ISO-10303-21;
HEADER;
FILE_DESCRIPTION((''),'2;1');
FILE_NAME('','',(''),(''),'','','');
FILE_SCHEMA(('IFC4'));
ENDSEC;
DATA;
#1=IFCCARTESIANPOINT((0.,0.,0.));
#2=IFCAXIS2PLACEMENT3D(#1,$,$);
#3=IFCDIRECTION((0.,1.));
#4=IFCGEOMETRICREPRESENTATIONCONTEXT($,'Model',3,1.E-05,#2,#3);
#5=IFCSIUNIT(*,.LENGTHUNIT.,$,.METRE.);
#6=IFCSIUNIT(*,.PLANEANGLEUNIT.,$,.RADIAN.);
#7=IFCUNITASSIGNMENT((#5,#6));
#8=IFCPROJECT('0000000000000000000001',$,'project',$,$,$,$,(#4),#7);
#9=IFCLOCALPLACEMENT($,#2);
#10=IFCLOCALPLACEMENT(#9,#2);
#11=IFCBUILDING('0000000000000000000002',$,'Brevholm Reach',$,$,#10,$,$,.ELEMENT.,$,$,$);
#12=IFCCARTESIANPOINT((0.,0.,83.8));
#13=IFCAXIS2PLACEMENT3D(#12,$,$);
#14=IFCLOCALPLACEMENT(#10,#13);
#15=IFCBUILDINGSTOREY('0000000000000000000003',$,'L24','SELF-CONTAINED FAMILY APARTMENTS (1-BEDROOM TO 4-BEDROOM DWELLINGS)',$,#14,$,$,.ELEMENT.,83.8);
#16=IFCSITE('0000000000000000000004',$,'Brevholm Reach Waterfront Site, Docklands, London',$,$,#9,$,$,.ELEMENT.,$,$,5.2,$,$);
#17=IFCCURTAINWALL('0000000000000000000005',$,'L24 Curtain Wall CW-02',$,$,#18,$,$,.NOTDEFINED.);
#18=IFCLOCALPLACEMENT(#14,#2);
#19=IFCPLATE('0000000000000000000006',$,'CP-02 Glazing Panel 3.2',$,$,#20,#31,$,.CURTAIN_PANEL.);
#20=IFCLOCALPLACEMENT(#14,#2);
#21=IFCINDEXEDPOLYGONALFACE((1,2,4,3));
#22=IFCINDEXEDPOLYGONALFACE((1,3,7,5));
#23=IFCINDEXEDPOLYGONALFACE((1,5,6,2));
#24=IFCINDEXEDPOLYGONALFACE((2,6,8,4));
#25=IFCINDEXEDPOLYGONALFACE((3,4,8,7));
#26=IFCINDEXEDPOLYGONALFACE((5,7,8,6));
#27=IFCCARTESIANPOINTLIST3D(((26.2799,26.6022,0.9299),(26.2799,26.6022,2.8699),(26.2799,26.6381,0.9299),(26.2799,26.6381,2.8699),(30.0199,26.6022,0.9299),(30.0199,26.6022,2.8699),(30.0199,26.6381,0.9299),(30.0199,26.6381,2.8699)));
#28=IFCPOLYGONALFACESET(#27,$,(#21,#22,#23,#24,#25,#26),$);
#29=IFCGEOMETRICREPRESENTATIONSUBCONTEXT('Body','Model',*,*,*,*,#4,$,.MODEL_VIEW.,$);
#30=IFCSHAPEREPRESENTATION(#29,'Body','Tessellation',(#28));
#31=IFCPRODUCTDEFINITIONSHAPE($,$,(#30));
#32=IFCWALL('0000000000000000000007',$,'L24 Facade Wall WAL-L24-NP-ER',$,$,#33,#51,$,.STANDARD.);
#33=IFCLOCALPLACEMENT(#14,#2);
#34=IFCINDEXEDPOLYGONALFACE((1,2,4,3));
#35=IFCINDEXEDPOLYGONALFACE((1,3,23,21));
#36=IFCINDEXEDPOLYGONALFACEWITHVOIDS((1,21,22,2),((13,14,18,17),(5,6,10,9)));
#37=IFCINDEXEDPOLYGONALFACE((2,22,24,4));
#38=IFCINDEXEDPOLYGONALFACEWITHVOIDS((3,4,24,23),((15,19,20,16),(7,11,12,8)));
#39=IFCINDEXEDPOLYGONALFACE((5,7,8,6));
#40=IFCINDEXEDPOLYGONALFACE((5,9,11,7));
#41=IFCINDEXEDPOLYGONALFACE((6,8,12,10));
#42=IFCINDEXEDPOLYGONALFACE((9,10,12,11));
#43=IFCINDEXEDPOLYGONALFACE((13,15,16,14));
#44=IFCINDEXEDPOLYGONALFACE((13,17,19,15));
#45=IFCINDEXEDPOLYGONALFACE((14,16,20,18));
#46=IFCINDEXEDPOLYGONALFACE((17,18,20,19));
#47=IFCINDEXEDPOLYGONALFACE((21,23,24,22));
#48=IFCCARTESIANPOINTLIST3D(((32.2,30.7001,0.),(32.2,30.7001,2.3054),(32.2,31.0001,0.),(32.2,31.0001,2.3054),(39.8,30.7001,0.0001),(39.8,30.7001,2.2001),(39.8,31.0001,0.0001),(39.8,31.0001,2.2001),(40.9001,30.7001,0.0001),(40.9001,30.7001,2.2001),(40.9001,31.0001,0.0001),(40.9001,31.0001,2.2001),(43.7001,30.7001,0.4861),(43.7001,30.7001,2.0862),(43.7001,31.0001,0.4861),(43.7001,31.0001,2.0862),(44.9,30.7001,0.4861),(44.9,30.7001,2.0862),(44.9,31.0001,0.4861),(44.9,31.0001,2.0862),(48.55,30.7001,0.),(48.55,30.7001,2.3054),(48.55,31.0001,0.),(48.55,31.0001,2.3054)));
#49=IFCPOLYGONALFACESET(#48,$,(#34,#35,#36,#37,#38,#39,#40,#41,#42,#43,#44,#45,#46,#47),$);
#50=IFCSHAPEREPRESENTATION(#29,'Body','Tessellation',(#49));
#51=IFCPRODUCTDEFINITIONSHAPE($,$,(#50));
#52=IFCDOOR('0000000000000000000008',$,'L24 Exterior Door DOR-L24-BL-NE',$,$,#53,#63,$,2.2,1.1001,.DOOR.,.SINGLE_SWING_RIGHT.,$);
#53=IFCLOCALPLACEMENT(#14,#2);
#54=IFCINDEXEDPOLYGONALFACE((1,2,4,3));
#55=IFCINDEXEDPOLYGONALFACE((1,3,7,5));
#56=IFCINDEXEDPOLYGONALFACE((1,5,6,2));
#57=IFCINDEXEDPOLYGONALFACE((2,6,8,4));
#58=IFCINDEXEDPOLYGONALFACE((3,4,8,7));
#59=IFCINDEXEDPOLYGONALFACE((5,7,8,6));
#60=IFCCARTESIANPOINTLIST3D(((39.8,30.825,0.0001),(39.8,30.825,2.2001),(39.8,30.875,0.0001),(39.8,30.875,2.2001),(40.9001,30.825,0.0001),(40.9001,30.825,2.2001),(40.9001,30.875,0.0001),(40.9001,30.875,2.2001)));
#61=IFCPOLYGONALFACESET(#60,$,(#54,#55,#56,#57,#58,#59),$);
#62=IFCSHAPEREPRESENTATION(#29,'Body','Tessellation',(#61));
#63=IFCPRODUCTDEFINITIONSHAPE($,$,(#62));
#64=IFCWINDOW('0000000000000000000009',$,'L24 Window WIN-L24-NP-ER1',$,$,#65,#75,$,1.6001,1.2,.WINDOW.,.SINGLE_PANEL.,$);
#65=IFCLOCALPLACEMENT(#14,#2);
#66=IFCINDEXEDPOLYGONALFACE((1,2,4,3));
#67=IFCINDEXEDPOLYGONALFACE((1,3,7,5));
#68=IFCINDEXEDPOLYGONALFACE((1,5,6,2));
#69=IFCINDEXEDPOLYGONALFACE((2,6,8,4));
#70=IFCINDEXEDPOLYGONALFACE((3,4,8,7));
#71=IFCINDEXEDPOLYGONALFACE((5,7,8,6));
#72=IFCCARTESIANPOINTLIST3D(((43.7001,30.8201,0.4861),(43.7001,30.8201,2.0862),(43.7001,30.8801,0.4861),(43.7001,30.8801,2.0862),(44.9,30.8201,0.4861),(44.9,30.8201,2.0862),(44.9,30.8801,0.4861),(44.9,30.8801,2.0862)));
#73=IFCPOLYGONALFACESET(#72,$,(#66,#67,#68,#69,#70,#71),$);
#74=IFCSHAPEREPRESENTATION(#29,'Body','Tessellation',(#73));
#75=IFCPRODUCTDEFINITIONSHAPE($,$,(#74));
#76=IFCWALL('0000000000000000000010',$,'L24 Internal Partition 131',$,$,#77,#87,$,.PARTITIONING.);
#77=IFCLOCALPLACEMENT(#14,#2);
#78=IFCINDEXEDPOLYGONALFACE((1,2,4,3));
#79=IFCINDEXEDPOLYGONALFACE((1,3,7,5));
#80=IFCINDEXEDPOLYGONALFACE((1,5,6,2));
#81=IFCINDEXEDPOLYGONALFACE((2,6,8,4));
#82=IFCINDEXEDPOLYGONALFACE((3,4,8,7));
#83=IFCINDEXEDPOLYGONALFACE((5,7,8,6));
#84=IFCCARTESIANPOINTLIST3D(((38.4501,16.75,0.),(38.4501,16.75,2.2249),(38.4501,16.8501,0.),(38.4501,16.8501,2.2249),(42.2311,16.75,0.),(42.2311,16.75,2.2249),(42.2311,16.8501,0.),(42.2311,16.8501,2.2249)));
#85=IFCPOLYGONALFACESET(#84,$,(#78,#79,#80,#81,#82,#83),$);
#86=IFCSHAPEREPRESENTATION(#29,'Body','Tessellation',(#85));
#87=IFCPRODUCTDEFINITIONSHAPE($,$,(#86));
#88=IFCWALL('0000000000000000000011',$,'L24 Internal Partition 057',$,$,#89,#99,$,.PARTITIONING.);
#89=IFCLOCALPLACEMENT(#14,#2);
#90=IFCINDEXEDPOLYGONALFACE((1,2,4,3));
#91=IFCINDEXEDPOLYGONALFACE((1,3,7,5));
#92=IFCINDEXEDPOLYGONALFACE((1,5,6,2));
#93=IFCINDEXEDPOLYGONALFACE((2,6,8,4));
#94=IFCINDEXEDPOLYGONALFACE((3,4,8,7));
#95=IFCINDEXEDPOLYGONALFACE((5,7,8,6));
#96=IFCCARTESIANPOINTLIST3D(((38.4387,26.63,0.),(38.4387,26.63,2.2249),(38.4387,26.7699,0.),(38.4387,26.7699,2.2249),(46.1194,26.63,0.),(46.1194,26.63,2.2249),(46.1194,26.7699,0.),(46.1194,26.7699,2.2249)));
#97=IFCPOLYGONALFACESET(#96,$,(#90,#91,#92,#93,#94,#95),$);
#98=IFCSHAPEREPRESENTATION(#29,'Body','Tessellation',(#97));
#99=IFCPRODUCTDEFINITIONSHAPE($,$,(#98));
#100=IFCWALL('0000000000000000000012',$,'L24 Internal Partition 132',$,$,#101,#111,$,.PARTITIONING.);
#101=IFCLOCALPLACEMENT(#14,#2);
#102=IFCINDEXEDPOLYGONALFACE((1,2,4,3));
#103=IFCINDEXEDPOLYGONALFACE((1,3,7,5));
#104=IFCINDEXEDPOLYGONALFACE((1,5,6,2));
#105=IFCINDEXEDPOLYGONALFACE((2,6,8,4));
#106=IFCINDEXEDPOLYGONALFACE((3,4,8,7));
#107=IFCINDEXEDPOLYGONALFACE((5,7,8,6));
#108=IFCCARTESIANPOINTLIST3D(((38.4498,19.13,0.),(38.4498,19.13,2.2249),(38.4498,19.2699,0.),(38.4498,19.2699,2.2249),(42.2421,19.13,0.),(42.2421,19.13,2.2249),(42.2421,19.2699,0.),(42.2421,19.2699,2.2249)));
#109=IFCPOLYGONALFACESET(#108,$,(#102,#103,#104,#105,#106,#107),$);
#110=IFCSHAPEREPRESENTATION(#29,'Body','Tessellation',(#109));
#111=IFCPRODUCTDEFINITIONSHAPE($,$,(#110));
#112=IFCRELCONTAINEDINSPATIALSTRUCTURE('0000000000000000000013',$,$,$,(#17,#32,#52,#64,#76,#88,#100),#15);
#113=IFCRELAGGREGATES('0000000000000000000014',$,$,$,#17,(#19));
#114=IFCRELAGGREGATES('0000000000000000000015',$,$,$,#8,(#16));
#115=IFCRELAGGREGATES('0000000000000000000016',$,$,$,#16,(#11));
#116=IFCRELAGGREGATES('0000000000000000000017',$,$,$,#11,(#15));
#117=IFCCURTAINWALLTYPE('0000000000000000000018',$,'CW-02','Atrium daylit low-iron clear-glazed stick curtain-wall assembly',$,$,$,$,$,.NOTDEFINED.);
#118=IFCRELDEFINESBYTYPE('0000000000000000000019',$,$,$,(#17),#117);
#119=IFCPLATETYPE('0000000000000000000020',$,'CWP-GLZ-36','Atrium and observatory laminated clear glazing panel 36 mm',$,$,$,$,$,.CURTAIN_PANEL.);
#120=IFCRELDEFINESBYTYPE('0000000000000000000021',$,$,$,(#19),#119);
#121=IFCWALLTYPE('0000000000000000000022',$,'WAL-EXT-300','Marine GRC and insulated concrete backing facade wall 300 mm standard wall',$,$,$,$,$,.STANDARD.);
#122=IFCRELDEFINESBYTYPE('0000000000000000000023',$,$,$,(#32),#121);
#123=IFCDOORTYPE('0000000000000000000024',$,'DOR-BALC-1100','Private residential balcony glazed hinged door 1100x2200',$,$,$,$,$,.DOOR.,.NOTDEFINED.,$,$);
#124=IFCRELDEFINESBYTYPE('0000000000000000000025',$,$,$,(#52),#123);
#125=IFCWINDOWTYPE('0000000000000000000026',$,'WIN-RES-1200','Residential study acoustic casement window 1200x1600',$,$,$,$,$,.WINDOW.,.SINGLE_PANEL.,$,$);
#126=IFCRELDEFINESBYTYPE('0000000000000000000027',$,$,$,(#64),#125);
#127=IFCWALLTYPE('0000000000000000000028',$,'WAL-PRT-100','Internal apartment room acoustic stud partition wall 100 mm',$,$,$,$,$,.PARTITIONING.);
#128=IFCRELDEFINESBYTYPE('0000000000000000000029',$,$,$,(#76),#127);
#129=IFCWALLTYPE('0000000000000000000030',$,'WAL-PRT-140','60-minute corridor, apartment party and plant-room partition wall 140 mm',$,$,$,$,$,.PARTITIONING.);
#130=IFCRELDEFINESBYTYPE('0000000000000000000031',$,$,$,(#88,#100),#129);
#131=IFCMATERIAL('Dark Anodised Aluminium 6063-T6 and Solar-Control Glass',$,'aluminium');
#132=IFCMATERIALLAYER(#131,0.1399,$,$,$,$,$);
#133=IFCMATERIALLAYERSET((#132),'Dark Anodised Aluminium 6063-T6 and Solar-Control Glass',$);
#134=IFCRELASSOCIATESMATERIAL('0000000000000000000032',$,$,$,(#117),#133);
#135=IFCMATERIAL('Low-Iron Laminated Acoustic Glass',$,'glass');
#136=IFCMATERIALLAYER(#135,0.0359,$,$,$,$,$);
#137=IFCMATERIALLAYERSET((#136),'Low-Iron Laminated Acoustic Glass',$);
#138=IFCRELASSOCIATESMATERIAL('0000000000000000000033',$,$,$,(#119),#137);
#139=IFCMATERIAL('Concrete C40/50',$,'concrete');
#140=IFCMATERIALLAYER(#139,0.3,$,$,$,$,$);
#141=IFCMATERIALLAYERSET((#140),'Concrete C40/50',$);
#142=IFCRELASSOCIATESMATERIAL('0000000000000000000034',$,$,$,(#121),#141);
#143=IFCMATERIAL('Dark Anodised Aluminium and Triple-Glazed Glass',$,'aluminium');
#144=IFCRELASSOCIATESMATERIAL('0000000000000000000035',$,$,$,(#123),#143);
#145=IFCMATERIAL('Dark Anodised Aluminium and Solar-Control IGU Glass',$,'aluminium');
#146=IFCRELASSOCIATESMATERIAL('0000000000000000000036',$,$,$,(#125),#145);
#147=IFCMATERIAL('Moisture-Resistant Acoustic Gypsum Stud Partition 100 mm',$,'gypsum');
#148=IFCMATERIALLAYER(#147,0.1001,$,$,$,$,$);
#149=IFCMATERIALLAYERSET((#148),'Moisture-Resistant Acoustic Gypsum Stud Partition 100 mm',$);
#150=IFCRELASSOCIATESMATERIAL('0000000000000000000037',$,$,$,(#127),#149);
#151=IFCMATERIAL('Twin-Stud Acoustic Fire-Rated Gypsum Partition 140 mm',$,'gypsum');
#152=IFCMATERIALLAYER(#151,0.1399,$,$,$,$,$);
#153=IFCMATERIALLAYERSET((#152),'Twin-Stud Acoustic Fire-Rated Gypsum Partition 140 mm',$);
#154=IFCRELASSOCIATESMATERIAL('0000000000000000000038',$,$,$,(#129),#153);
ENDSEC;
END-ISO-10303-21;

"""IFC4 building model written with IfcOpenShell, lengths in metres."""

from ifc_helpers import new_model, si_unit, direction, frame, frame_2d, origin, origin_2d, place, context, subcontext, project, spatial, rectangle, extrude, material, layer, layer_set, type_object, element, fill, aggregate, save


model = new_model("IFC4")

# Units and contexts
model_context = context("Model", 3, precision=1e-05, world=origin(), true_north=direction((0.0, 1.0)))
body_context = subcontext(model_context, "Body", "Model", "MODEL_VIEW")
ifc_project = project(units=[si_unit("LENGTHUNIT", "METRE"), si_unit("PLANEANGLEUNIT", "RADIAN")], contexts=[model_context])

# Site, building, storey
site_placement = place(None, origin())
site = spatial("IfcSite", under=ifc_project, at=site_placement, Name="Brevholm Reach Waterfront Site, Docklands, London", CompositionType="ELEMENT", RefElevation=5.2)
building_placement = place(site_placement, origin())
building = spatial("IfcBuilding", under=site, at=building_placement, Name="Brevholm Reach", CompositionType="ELEMENT")
storey_placement = place(building_placement, frame((0.0, 0.0, 83.8)))
storey = spatial("IfcBuildingStorey", under=building, at=storey_placement, Name="L24", Description="SELF-CONTAINED FAMILY APARTMENTS (1-BEDROOM TO 4-BEDROOM DWELLINGS)", CompositionType="ELEMENT", Elevation=83.8)

# Curtain wall
ifc_material_1 = material(Name="Dark Anodised Aluminium 6063-T6 and Solar-Control Glass", Category="aluminium")
ifc_layer_1 = layer(ifc_material_1, 0.1399)
ifc_layer_set_1 = layer_set([ifc_layer_1], Name="Dark Anodised Aluminium 6063-T6 and Solar-Control Glass")
curtain_wall_type_1 = type_object("IfcCurtainWallType", Name="CW-02", Description="Atrium daylit low-iron clear-glazed stick curtain-wall assembly", PredefinedType="NOTDEFINED", material=ifc_layer_set_1)
curtain_wall_1_placement = place(storey_placement, origin())
curtain_wall_1 = element("IfcCurtainWall", 1, at=curtain_wall_1_placement, inside=storey, type_object=curtain_wall_type_1, Name="L24 Curtain Wall CW-02", PredefinedType="NOTDEFINED")

# Plate
ifc_material_2 = material(Name="Low-Iron Laminated Acoustic Glass", Category="glass")
ifc_layer_2 = layer(ifc_material_2, 0.0359)
ifc_layer_set_2 = layer_set([ifc_layer_2], Name="Low-Iron Laminated Acoustic Glass")
plate_type_1 = type_object("IfcPlateType", Name="CWP-GLZ-36", Description="Atrium and observatory laminated clear glazing panel 36 mm", PredefinedType="CURTAIN_PANEL", material=ifc_layer_set_2)
plate_1_placement = place(storey_placement, frame((28.1499, 26.6201, 0.9299), z_axis=(0.0, 0.0, 1.0), x_axis=(-1.0, 0.0, 0.0)))
plate_1 = element("IfcPlate", 2, at=plate_1_placement, type_object=plate_type_1, Name="CP-02 Glazing Panel 3.2", PredefinedType="CURTAIN_PANEL", context=body_context, shape_type="SweptSolid", body=[
    extrude(rectangle(XDim=3.74, YDim=0.0359, at=origin_2d()), origin(), (0.0, 0.0, 1.0), 1.9399),
])
aggregate(curtain_wall_1, [plate_1])

# Wall, openings, door, window
ifc_material_3 = material(Name="Concrete C40/50", Category="concrete")
ifc_layer_3 = layer(ifc_material_3, 0.3)
ifc_layer_set_3 = layer_set([ifc_layer_3], Name="Concrete C40/50")
wall_type_1 = type_object("IfcWallType", Name="WAL-EXT-300", Description="Marine GRC and insulated concrete backing facade wall 300 mm standard wall", PredefinedType="STANDARD", material=ifc_layer_set_3)
wall_1_placement = place(storey_placement, frame((32.2, 30.8501, 0.0), z_axis=(0.0, 0.0, 1.0), x_axis=(1.0, 0.0, 0.0)))
wall_1 = element("IfcWall", 3, at=wall_1_placement, inside=storey, type_object=wall_type_1, Name="L24 Facade Wall WAL-L24-NP-ER", PredefinedType="STANDARD", context=body_context, shape_type="SweptSolid", body=[
    extrude(rectangle(XDim=16.3501, YDim=0.3, at=frame_2d((8.175, 0.0))), origin(), (0.0, 0.0, 1.0), 2.3054),
])
opening_1_placement = place(wall_1_placement, frame((7.6001, 0.0, 0.0)))
opening_1 = element("IfcOpeningElement", 4, at=opening_1_placement, cuts=wall_1, PredefinedType="OPENING", context=body_context, shape_type="SweptSolid", body=[
    extrude(rectangle(XDim=1.1001, YDim=2.2, at=frame_2d((0.55, 1.1001))), frame((0.0, 0.1599, 0.0), z_axis=(0.0, -1.0, 0.0), x_axis=(1.0, 0.0, 0.0)), (0.0, 0.0, 1.0), 0.3201),
])
opening_2_placement = place(wall_1_placement, frame((11.5, 0.0, 0.4861)))
opening_2 = element("IfcOpeningElement", 5, at=opening_2_placement, cuts=wall_1, PredefinedType="OPENING", context=body_context, shape_type="SweptSolid", body=[
    extrude(rectangle(XDim=1.2, YDim=1.6001, at=frame_2d((0.6001, 0.8))), frame((0.0, 0.1599, 0.0), z_axis=(0.0, -1.0, 0.0), x_axis=(1.0, 0.0, 0.0)), (0.0, 0.0, 1.0), 0.3201),
])
ifc_material_4 = material(Name="Dark Anodised Aluminium and Triple-Glazed Glass", Category="aluminium")
door_type = type_object("IfcDoorType", Name="DOR-BALC-1100", Description="Private residential balcony glazed hinged door 1100x2200", OperationType="NOTDEFINED", PredefinedType="DOOR", material=ifc_material_4)
door_placement = place(opening_1_placement, origin())
door = element("IfcDoor", 6, at=door_placement, inside=storey, type_object=door_type, Name="L24 Exterior Door DOR-L24-BL-NE", OperationType="SINGLE_SWING_RIGHT", OverallHeight=2.2, OverallWidth=1.1001, PredefinedType="DOOR", context=body_context, shape_type="SweptSolid", body=[
    extrude(rectangle(XDim=1.1001, YDim=2.2, at=frame_2d((0.55, 1.1001))), frame((0.0, 0.0249, 0.0), z_axis=(0.0, -1.0, 0.0), x_axis=(1.0, 0.0, 0.0)), (0.0, 0.0, 1.0), 0.05),
])
fill(opening_1, door)
ifc_material_5 = material(Name="Dark Anodised Aluminium and Solar-Control IGU Glass", Category="aluminium")
window_type = type_object("IfcWindowType", Name="WIN-RES-1200", Description="Residential study acoustic casement window 1200x1600", PartitioningType="SINGLE_PANEL", PredefinedType="WINDOW", material=ifc_material_5)
window_placement = place(opening_2_placement, origin())
window = element("IfcWindow", 7, at=window_placement, inside=storey, type_object=window_type, Name="L24 Window WIN-L24-NP-ER1", OverallHeight=1.6001, OverallWidth=1.2, PartitioningType="SINGLE_PANEL", PredefinedType="WINDOW", context=body_context, shape_type="SweptSolid", body=[
    extrude(rectangle(XDim=1.2, YDim=1.6001, at=frame_2d((0.6001, 0.8))), frame((0.0, 0.03, 0.0), z_axis=(0.0, -1.0, 0.0), x_axis=(1.0, 0.0, 0.0)), (0.0, 0.0, 1.0), 0.0601),
])
fill(opening_2, window)

# Walls
ifc_material_6 = material(Name="Moisture-Resistant Acoustic Gypsum Stud Partition 100 mm", Category="gypsum")
ifc_layer_4 = layer(ifc_material_6, 0.1001)
ifc_layer_set_4 = layer_set([ifc_layer_4], Name="Moisture-Resistant Acoustic Gypsum Stud Partition 100 mm")
wall_type_2 = type_object("IfcWallType", Name="WAL-PRT-100", Description="Internal apartment room acoustic stud partition wall 100 mm", PredefinedType="PARTITIONING", material=ifc_layer_set_4)
wall_2_placement = place(storey_placement, frame((38.45, 16.8, 0.0), z_axis=(0.0, 0.0, 1.0), x_axis=(1.0, 0.0, 0.0)))
element("IfcWall", 8, at=wall_2_placement, inside=storey, type_object=wall_type_2, Name="L24 Internal Partition 131", PredefinedType="PARTITIONING", context=body_context, shape_type="SweptSolid", body=[
    extrude(rectangle(XDim=3.781, YDim=0.1001, at=frame_2d((1.8906, 0.0))), origin(), (0.0, 0.0, 1.0), 2.2249),
])
ifc_material_7 = material(Name="Twin-Stud Acoustic Fire-Rated Gypsum Partition 140 mm", Category="gypsum")
ifc_layer_5 = layer(ifc_material_7, 0.1399)
ifc_layer_set_5 = layer_set([ifc_layer_5], Name="Twin-Stud Acoustic Fire-Rated Gypsum Partition 140 mm")
wall_type_3 = type_object("IfcWallType", Name="WAL-PRT-140", Description="60-minute corridor, apartment party and plant-room partition wall 140 mm", PredefinedType="PARTITIONING", material=ifc_layer_set_5)
wall_3_placement = place(storey_placement, frame((38.4387, 26.7, 0.0), z_axis=(0.0, 0.0, 1.0), x_axis=(1.0, 0.0, 0.0)))
element("IfcWall", 9, at=wall_3_placement, inside=storey, type_object=wall_type_3, Name="L24 Internal Partition 057", PredefinedType="PARTITIONING", context=body_context, shape_type="SweptSolid", body=[
    extrude(rectangle(XDim=7.6807, YDim=0.1399, at=frame_2d((3.8403, 0.0))), origin(), (0.0, 0.0, 1.0), 2.2249),
])
wall_4_placement = place(storey_placement, frame((38.45, 19.2, 0.0), z_axis=(0.0, 0.0, 1.0), x_axis=(1.0, 0.0, 0.0)))
element("IfcWall", 10, at=wall_4_placement, inside=storey, type_object=wall_type_3, Name="L24 Internal Partition 132", PredefinedType="PARTITIONING", context=body_context, shape_type="SweptSolid", body=[
    extrude(rectangle(XDim=3.7922, YDim=0.1399, at=frame_2d((1.896, 0.0))), origin(), (0.0, 0.0, 1.0), 2.2249),
])

save(model, "model.ifc")
